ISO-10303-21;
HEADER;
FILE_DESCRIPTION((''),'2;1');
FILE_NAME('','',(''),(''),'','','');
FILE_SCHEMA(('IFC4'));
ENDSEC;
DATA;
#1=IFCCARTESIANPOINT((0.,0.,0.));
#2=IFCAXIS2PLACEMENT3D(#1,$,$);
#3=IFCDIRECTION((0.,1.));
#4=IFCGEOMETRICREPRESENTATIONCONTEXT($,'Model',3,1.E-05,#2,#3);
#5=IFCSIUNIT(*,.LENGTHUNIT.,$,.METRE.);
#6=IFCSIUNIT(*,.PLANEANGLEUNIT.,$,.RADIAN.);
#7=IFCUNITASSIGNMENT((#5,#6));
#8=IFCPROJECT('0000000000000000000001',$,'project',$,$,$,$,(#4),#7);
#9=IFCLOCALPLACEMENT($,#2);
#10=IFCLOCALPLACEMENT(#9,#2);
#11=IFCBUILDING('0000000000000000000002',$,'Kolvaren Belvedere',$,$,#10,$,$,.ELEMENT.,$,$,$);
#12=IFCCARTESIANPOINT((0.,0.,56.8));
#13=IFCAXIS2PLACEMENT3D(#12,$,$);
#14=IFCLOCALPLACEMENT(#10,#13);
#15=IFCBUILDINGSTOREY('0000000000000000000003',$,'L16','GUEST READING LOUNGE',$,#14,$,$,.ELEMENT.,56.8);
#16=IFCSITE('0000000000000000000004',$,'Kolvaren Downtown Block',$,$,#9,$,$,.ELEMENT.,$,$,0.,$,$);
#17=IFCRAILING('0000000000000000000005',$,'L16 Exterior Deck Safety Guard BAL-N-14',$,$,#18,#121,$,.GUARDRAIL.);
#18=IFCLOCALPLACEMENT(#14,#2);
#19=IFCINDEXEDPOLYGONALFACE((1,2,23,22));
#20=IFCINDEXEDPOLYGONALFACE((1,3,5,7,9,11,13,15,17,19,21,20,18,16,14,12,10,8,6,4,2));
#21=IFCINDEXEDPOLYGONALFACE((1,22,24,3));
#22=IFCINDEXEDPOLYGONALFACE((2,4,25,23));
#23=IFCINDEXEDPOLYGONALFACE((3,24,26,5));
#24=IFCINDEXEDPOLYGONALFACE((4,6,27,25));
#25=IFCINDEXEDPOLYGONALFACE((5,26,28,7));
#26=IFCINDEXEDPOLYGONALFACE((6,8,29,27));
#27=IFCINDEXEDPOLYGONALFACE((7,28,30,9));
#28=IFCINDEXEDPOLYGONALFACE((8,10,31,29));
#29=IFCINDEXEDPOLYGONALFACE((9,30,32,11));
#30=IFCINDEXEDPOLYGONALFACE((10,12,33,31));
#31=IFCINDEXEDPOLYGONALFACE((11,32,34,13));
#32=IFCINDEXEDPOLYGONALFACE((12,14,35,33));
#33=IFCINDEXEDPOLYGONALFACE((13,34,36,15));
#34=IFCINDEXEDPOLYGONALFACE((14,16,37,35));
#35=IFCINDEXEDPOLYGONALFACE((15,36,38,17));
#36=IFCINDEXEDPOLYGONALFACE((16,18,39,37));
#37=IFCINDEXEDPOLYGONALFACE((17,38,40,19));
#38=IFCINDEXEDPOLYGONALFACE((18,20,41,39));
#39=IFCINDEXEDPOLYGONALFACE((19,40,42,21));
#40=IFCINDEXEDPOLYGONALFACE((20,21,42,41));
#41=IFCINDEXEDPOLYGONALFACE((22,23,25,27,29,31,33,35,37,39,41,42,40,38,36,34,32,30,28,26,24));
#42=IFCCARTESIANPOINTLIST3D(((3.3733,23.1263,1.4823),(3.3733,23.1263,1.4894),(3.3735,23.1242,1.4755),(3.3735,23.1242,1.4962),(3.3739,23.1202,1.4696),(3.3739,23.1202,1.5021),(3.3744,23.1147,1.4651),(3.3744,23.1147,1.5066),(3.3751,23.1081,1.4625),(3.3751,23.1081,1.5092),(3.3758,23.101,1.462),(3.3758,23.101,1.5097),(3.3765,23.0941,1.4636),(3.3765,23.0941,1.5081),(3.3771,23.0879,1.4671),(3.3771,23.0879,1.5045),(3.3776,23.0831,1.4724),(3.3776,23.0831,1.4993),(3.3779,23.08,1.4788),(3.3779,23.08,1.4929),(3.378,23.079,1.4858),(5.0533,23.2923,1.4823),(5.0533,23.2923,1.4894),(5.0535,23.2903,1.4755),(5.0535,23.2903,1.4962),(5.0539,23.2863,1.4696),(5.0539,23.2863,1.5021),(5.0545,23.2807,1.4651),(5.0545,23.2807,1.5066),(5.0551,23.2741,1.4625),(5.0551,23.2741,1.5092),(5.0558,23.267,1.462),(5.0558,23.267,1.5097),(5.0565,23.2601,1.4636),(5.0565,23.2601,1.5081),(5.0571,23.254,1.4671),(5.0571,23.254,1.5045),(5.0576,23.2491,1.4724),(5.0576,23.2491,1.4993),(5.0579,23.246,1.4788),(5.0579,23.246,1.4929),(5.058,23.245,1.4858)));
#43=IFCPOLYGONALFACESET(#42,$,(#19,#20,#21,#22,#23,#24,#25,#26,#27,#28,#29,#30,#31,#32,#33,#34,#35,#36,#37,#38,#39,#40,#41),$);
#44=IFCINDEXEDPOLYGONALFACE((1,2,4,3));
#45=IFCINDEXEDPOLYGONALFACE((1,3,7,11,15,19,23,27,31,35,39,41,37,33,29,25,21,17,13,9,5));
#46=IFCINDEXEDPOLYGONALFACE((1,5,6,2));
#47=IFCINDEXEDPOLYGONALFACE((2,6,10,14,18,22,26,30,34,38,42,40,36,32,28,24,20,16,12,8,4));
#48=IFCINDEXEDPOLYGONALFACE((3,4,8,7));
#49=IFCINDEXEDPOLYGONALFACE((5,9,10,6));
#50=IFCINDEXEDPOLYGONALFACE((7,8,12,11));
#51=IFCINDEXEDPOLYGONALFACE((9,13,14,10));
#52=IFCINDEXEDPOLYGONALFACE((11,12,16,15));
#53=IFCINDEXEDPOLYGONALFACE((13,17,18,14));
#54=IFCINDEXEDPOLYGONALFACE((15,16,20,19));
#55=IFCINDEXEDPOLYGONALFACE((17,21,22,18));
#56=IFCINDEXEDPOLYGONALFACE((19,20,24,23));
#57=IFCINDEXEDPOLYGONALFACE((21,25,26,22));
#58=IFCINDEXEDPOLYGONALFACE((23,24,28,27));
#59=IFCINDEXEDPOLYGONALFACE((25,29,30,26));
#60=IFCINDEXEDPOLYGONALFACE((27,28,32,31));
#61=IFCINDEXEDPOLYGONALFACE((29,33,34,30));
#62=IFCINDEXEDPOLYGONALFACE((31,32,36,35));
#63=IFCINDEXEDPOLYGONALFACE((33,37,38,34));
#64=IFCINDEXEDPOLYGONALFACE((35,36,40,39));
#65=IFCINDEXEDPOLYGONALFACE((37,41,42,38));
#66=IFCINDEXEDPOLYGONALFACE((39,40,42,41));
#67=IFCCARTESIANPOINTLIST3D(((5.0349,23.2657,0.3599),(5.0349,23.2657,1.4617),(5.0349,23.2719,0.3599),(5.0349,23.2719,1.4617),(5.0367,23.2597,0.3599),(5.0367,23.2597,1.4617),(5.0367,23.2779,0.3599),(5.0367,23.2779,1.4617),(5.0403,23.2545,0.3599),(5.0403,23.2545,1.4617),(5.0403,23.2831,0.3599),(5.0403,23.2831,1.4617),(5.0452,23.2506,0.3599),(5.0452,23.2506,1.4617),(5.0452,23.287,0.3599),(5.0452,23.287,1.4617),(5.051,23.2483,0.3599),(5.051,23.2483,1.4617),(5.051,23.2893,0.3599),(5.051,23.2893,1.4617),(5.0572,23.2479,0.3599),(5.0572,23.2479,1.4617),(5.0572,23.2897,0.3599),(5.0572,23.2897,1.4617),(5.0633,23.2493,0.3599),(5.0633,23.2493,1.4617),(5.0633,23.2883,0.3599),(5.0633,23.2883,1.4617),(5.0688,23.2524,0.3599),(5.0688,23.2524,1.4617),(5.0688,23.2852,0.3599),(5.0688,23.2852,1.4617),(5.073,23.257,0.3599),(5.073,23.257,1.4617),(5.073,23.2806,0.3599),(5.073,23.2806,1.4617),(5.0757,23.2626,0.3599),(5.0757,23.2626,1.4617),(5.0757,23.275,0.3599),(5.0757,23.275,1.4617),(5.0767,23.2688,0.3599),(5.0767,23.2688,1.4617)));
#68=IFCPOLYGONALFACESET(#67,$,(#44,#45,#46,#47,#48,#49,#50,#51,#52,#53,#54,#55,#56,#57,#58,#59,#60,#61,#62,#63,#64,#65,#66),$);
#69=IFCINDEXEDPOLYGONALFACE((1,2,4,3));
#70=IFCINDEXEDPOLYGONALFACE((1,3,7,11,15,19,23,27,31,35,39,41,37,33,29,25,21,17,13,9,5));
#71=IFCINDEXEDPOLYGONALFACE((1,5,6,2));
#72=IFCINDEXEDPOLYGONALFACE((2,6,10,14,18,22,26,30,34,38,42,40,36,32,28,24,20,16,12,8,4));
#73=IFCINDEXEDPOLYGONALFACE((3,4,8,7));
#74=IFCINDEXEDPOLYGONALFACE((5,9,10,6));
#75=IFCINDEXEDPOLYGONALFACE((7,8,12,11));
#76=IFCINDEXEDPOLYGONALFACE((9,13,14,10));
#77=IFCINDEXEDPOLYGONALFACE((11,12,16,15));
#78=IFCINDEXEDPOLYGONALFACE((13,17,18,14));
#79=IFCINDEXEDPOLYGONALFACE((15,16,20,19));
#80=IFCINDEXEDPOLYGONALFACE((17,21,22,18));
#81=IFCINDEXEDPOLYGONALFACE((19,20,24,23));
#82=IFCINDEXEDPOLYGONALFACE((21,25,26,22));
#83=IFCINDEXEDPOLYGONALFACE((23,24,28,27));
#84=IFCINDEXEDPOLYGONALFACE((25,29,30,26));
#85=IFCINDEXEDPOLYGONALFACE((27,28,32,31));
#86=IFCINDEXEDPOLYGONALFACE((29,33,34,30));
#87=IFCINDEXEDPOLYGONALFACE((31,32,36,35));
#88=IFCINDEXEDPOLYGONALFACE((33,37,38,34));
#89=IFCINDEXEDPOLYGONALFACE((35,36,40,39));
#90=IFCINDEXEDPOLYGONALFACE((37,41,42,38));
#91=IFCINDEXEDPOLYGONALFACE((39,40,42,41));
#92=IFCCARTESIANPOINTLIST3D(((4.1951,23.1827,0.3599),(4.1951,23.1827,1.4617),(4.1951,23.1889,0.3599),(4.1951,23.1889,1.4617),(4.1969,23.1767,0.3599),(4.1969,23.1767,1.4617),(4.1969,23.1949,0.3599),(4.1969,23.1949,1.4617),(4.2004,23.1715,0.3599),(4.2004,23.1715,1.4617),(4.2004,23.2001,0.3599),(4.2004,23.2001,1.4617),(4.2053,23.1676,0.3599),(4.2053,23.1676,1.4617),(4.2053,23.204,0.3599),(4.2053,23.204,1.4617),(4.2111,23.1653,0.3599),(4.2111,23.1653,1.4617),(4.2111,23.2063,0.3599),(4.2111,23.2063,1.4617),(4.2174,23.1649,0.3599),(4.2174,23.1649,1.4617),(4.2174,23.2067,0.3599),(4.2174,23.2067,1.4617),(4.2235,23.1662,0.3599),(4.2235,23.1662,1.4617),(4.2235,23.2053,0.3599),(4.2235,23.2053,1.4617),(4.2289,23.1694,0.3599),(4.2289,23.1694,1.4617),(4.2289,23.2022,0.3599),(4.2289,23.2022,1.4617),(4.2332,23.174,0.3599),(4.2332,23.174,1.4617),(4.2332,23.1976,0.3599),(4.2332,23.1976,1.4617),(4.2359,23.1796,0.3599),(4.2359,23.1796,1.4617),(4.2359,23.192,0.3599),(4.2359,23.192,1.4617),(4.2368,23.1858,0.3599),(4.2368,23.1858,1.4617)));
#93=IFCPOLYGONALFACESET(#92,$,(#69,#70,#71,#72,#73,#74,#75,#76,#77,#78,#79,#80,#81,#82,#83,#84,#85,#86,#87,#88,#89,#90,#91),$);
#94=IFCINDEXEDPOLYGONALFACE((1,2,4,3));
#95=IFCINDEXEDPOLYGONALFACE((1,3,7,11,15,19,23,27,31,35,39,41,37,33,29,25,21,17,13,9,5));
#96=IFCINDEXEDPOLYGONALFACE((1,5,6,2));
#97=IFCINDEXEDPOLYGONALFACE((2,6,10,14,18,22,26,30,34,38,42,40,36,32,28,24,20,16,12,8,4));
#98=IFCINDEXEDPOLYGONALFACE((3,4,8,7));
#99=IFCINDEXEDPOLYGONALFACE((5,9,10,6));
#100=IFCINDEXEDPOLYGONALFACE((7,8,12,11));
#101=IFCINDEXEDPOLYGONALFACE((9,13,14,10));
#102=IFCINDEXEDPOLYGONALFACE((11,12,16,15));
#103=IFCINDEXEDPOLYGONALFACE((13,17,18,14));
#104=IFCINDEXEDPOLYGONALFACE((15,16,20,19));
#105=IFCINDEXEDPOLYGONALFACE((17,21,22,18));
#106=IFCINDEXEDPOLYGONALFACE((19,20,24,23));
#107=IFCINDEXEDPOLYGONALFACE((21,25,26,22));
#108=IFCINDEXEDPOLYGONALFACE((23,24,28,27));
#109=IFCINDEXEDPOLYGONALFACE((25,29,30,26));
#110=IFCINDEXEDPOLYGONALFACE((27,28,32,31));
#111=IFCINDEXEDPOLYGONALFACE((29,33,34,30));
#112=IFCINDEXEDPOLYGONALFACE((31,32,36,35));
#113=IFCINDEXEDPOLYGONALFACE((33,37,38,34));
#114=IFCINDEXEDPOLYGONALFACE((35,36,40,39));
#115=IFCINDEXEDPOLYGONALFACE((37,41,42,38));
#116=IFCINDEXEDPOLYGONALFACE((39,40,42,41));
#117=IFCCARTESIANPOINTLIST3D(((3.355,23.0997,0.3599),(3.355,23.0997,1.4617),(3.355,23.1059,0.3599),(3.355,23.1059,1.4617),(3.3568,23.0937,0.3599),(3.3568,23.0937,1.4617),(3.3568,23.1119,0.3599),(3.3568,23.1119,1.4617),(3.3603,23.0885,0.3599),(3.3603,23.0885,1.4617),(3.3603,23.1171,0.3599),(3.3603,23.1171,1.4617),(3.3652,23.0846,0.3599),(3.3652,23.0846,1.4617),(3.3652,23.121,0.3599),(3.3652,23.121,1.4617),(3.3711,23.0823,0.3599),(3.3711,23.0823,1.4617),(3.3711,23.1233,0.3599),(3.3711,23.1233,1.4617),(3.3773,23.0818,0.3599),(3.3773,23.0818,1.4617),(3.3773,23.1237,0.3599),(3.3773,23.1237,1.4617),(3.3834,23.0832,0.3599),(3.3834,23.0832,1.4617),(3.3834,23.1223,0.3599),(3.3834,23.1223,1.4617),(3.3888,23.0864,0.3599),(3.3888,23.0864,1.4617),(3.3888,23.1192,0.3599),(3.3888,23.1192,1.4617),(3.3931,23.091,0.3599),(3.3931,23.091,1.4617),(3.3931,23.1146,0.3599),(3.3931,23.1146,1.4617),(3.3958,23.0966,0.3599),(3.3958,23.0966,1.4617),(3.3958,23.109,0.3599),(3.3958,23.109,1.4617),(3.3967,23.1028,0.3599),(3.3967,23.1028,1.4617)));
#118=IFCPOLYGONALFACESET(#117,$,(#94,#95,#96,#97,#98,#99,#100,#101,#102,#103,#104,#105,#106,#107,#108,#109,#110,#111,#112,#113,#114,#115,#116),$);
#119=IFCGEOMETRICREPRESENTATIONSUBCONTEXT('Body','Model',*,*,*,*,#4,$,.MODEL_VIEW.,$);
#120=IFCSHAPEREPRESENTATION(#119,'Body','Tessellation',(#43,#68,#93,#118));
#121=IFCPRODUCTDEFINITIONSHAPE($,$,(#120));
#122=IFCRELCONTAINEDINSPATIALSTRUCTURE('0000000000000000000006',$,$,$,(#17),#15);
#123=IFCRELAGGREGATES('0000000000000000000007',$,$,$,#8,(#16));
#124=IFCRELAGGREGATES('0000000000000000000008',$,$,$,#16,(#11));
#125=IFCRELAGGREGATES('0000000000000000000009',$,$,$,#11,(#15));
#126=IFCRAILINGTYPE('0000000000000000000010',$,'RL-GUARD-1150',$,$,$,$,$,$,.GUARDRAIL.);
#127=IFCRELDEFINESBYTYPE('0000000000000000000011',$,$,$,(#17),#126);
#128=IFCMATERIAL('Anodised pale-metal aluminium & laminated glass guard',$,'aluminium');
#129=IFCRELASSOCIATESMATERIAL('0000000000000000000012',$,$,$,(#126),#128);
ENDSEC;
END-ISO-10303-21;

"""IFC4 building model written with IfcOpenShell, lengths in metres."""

from ifc_helpers import new_model, si_unit, direction, frame, origin, origin_2d, place, context, subcontext, project, spatial, circle, extrude, material, type_object, element, save


model = new_model("IFC4")

# Units and contexts
model_context = context("Model", 3, precision=1e-05, world=origin(), true_north=direction((0.0, 1.0)))
body_context = subcontext(model_context, "Body", "Model", "MODEL_VIEW")
ifc_project = project(units=[si_unit("LENGTHUNIT", "METRE"), si_unit("PLANEANGLEUNIT", "RADIAN")], contexts=[model_context])

# Site, building, storey
site_placement = place(None, origin())
site = spatial("IfcSite", under=ifc_project, at=site_placement, Name="Kolvaren Downtown Block", CompositionType="ELEMENT", RefElevation=0.0)
building_placement = place(site_placement, origin())
building = spatial("IfcBuilding", under=site, at=building_placement, Name="Kolvaren Belvedere", CompositionType="ELEMENT")
storey_placement = place(building_placement, frame((0.0, 0.0, 56.8)))
storey = spatial("IfcBuildingStorey", under=building, at=storey_placement, Name="L16", Description="GUEST READING LOUNGE", CompositionType="ELEMENT", Elevation=56.8)

# Railing
ifc_material_1 = material(Name="Anodised pale-metal aluminium & laminated glass guard", Category="aluminium")
railing_type = type_object("IfcRailingType", Name="RL-GUARD-1150", PredefinedType="GUARDRAIL", material=ifc_material_1)
railing_1_placement = place(storey_placement, frame((5.0557, 23.2688, 0.3599)))
element("IfcRailing", 1, at=railing_1_placement, inside=storey, type_object=railing_type, Name="L16 Exterior Deck Safety Guard BAL-N-14", PredefinedType="GUARDRAIL", context=body_context, shape_type="SweptSolid", body=[
    extrude(circle(Radius=0.0239, at=origin_2d()), frame((0.0, 0.0, 1.126), z_axis=(-0.995152, -0.098344, 0.0), x_axis=(0.098344, -0.995152, 0.0)), (0.0, 0.0, 1.0), 1.6882),
    extrude(circle(Radius=0.021, at=origin_2d()), origin(), (0.0, 0.0, 1.0), 1.1018),
    extrude(circle(Radius=0.021, at=origin_2d()), frame((-0.8398, -0.083, 0.0)), (0.0, 0.0, 1.0), 1.1018),
    extrude(circle(Radius=0.021, at=origin_2d()), frame((-1.6799, -0.166, 0.0)), (0.0, 0.0, 1.0), 1.1018),
])

save(model, "model.ifc")
